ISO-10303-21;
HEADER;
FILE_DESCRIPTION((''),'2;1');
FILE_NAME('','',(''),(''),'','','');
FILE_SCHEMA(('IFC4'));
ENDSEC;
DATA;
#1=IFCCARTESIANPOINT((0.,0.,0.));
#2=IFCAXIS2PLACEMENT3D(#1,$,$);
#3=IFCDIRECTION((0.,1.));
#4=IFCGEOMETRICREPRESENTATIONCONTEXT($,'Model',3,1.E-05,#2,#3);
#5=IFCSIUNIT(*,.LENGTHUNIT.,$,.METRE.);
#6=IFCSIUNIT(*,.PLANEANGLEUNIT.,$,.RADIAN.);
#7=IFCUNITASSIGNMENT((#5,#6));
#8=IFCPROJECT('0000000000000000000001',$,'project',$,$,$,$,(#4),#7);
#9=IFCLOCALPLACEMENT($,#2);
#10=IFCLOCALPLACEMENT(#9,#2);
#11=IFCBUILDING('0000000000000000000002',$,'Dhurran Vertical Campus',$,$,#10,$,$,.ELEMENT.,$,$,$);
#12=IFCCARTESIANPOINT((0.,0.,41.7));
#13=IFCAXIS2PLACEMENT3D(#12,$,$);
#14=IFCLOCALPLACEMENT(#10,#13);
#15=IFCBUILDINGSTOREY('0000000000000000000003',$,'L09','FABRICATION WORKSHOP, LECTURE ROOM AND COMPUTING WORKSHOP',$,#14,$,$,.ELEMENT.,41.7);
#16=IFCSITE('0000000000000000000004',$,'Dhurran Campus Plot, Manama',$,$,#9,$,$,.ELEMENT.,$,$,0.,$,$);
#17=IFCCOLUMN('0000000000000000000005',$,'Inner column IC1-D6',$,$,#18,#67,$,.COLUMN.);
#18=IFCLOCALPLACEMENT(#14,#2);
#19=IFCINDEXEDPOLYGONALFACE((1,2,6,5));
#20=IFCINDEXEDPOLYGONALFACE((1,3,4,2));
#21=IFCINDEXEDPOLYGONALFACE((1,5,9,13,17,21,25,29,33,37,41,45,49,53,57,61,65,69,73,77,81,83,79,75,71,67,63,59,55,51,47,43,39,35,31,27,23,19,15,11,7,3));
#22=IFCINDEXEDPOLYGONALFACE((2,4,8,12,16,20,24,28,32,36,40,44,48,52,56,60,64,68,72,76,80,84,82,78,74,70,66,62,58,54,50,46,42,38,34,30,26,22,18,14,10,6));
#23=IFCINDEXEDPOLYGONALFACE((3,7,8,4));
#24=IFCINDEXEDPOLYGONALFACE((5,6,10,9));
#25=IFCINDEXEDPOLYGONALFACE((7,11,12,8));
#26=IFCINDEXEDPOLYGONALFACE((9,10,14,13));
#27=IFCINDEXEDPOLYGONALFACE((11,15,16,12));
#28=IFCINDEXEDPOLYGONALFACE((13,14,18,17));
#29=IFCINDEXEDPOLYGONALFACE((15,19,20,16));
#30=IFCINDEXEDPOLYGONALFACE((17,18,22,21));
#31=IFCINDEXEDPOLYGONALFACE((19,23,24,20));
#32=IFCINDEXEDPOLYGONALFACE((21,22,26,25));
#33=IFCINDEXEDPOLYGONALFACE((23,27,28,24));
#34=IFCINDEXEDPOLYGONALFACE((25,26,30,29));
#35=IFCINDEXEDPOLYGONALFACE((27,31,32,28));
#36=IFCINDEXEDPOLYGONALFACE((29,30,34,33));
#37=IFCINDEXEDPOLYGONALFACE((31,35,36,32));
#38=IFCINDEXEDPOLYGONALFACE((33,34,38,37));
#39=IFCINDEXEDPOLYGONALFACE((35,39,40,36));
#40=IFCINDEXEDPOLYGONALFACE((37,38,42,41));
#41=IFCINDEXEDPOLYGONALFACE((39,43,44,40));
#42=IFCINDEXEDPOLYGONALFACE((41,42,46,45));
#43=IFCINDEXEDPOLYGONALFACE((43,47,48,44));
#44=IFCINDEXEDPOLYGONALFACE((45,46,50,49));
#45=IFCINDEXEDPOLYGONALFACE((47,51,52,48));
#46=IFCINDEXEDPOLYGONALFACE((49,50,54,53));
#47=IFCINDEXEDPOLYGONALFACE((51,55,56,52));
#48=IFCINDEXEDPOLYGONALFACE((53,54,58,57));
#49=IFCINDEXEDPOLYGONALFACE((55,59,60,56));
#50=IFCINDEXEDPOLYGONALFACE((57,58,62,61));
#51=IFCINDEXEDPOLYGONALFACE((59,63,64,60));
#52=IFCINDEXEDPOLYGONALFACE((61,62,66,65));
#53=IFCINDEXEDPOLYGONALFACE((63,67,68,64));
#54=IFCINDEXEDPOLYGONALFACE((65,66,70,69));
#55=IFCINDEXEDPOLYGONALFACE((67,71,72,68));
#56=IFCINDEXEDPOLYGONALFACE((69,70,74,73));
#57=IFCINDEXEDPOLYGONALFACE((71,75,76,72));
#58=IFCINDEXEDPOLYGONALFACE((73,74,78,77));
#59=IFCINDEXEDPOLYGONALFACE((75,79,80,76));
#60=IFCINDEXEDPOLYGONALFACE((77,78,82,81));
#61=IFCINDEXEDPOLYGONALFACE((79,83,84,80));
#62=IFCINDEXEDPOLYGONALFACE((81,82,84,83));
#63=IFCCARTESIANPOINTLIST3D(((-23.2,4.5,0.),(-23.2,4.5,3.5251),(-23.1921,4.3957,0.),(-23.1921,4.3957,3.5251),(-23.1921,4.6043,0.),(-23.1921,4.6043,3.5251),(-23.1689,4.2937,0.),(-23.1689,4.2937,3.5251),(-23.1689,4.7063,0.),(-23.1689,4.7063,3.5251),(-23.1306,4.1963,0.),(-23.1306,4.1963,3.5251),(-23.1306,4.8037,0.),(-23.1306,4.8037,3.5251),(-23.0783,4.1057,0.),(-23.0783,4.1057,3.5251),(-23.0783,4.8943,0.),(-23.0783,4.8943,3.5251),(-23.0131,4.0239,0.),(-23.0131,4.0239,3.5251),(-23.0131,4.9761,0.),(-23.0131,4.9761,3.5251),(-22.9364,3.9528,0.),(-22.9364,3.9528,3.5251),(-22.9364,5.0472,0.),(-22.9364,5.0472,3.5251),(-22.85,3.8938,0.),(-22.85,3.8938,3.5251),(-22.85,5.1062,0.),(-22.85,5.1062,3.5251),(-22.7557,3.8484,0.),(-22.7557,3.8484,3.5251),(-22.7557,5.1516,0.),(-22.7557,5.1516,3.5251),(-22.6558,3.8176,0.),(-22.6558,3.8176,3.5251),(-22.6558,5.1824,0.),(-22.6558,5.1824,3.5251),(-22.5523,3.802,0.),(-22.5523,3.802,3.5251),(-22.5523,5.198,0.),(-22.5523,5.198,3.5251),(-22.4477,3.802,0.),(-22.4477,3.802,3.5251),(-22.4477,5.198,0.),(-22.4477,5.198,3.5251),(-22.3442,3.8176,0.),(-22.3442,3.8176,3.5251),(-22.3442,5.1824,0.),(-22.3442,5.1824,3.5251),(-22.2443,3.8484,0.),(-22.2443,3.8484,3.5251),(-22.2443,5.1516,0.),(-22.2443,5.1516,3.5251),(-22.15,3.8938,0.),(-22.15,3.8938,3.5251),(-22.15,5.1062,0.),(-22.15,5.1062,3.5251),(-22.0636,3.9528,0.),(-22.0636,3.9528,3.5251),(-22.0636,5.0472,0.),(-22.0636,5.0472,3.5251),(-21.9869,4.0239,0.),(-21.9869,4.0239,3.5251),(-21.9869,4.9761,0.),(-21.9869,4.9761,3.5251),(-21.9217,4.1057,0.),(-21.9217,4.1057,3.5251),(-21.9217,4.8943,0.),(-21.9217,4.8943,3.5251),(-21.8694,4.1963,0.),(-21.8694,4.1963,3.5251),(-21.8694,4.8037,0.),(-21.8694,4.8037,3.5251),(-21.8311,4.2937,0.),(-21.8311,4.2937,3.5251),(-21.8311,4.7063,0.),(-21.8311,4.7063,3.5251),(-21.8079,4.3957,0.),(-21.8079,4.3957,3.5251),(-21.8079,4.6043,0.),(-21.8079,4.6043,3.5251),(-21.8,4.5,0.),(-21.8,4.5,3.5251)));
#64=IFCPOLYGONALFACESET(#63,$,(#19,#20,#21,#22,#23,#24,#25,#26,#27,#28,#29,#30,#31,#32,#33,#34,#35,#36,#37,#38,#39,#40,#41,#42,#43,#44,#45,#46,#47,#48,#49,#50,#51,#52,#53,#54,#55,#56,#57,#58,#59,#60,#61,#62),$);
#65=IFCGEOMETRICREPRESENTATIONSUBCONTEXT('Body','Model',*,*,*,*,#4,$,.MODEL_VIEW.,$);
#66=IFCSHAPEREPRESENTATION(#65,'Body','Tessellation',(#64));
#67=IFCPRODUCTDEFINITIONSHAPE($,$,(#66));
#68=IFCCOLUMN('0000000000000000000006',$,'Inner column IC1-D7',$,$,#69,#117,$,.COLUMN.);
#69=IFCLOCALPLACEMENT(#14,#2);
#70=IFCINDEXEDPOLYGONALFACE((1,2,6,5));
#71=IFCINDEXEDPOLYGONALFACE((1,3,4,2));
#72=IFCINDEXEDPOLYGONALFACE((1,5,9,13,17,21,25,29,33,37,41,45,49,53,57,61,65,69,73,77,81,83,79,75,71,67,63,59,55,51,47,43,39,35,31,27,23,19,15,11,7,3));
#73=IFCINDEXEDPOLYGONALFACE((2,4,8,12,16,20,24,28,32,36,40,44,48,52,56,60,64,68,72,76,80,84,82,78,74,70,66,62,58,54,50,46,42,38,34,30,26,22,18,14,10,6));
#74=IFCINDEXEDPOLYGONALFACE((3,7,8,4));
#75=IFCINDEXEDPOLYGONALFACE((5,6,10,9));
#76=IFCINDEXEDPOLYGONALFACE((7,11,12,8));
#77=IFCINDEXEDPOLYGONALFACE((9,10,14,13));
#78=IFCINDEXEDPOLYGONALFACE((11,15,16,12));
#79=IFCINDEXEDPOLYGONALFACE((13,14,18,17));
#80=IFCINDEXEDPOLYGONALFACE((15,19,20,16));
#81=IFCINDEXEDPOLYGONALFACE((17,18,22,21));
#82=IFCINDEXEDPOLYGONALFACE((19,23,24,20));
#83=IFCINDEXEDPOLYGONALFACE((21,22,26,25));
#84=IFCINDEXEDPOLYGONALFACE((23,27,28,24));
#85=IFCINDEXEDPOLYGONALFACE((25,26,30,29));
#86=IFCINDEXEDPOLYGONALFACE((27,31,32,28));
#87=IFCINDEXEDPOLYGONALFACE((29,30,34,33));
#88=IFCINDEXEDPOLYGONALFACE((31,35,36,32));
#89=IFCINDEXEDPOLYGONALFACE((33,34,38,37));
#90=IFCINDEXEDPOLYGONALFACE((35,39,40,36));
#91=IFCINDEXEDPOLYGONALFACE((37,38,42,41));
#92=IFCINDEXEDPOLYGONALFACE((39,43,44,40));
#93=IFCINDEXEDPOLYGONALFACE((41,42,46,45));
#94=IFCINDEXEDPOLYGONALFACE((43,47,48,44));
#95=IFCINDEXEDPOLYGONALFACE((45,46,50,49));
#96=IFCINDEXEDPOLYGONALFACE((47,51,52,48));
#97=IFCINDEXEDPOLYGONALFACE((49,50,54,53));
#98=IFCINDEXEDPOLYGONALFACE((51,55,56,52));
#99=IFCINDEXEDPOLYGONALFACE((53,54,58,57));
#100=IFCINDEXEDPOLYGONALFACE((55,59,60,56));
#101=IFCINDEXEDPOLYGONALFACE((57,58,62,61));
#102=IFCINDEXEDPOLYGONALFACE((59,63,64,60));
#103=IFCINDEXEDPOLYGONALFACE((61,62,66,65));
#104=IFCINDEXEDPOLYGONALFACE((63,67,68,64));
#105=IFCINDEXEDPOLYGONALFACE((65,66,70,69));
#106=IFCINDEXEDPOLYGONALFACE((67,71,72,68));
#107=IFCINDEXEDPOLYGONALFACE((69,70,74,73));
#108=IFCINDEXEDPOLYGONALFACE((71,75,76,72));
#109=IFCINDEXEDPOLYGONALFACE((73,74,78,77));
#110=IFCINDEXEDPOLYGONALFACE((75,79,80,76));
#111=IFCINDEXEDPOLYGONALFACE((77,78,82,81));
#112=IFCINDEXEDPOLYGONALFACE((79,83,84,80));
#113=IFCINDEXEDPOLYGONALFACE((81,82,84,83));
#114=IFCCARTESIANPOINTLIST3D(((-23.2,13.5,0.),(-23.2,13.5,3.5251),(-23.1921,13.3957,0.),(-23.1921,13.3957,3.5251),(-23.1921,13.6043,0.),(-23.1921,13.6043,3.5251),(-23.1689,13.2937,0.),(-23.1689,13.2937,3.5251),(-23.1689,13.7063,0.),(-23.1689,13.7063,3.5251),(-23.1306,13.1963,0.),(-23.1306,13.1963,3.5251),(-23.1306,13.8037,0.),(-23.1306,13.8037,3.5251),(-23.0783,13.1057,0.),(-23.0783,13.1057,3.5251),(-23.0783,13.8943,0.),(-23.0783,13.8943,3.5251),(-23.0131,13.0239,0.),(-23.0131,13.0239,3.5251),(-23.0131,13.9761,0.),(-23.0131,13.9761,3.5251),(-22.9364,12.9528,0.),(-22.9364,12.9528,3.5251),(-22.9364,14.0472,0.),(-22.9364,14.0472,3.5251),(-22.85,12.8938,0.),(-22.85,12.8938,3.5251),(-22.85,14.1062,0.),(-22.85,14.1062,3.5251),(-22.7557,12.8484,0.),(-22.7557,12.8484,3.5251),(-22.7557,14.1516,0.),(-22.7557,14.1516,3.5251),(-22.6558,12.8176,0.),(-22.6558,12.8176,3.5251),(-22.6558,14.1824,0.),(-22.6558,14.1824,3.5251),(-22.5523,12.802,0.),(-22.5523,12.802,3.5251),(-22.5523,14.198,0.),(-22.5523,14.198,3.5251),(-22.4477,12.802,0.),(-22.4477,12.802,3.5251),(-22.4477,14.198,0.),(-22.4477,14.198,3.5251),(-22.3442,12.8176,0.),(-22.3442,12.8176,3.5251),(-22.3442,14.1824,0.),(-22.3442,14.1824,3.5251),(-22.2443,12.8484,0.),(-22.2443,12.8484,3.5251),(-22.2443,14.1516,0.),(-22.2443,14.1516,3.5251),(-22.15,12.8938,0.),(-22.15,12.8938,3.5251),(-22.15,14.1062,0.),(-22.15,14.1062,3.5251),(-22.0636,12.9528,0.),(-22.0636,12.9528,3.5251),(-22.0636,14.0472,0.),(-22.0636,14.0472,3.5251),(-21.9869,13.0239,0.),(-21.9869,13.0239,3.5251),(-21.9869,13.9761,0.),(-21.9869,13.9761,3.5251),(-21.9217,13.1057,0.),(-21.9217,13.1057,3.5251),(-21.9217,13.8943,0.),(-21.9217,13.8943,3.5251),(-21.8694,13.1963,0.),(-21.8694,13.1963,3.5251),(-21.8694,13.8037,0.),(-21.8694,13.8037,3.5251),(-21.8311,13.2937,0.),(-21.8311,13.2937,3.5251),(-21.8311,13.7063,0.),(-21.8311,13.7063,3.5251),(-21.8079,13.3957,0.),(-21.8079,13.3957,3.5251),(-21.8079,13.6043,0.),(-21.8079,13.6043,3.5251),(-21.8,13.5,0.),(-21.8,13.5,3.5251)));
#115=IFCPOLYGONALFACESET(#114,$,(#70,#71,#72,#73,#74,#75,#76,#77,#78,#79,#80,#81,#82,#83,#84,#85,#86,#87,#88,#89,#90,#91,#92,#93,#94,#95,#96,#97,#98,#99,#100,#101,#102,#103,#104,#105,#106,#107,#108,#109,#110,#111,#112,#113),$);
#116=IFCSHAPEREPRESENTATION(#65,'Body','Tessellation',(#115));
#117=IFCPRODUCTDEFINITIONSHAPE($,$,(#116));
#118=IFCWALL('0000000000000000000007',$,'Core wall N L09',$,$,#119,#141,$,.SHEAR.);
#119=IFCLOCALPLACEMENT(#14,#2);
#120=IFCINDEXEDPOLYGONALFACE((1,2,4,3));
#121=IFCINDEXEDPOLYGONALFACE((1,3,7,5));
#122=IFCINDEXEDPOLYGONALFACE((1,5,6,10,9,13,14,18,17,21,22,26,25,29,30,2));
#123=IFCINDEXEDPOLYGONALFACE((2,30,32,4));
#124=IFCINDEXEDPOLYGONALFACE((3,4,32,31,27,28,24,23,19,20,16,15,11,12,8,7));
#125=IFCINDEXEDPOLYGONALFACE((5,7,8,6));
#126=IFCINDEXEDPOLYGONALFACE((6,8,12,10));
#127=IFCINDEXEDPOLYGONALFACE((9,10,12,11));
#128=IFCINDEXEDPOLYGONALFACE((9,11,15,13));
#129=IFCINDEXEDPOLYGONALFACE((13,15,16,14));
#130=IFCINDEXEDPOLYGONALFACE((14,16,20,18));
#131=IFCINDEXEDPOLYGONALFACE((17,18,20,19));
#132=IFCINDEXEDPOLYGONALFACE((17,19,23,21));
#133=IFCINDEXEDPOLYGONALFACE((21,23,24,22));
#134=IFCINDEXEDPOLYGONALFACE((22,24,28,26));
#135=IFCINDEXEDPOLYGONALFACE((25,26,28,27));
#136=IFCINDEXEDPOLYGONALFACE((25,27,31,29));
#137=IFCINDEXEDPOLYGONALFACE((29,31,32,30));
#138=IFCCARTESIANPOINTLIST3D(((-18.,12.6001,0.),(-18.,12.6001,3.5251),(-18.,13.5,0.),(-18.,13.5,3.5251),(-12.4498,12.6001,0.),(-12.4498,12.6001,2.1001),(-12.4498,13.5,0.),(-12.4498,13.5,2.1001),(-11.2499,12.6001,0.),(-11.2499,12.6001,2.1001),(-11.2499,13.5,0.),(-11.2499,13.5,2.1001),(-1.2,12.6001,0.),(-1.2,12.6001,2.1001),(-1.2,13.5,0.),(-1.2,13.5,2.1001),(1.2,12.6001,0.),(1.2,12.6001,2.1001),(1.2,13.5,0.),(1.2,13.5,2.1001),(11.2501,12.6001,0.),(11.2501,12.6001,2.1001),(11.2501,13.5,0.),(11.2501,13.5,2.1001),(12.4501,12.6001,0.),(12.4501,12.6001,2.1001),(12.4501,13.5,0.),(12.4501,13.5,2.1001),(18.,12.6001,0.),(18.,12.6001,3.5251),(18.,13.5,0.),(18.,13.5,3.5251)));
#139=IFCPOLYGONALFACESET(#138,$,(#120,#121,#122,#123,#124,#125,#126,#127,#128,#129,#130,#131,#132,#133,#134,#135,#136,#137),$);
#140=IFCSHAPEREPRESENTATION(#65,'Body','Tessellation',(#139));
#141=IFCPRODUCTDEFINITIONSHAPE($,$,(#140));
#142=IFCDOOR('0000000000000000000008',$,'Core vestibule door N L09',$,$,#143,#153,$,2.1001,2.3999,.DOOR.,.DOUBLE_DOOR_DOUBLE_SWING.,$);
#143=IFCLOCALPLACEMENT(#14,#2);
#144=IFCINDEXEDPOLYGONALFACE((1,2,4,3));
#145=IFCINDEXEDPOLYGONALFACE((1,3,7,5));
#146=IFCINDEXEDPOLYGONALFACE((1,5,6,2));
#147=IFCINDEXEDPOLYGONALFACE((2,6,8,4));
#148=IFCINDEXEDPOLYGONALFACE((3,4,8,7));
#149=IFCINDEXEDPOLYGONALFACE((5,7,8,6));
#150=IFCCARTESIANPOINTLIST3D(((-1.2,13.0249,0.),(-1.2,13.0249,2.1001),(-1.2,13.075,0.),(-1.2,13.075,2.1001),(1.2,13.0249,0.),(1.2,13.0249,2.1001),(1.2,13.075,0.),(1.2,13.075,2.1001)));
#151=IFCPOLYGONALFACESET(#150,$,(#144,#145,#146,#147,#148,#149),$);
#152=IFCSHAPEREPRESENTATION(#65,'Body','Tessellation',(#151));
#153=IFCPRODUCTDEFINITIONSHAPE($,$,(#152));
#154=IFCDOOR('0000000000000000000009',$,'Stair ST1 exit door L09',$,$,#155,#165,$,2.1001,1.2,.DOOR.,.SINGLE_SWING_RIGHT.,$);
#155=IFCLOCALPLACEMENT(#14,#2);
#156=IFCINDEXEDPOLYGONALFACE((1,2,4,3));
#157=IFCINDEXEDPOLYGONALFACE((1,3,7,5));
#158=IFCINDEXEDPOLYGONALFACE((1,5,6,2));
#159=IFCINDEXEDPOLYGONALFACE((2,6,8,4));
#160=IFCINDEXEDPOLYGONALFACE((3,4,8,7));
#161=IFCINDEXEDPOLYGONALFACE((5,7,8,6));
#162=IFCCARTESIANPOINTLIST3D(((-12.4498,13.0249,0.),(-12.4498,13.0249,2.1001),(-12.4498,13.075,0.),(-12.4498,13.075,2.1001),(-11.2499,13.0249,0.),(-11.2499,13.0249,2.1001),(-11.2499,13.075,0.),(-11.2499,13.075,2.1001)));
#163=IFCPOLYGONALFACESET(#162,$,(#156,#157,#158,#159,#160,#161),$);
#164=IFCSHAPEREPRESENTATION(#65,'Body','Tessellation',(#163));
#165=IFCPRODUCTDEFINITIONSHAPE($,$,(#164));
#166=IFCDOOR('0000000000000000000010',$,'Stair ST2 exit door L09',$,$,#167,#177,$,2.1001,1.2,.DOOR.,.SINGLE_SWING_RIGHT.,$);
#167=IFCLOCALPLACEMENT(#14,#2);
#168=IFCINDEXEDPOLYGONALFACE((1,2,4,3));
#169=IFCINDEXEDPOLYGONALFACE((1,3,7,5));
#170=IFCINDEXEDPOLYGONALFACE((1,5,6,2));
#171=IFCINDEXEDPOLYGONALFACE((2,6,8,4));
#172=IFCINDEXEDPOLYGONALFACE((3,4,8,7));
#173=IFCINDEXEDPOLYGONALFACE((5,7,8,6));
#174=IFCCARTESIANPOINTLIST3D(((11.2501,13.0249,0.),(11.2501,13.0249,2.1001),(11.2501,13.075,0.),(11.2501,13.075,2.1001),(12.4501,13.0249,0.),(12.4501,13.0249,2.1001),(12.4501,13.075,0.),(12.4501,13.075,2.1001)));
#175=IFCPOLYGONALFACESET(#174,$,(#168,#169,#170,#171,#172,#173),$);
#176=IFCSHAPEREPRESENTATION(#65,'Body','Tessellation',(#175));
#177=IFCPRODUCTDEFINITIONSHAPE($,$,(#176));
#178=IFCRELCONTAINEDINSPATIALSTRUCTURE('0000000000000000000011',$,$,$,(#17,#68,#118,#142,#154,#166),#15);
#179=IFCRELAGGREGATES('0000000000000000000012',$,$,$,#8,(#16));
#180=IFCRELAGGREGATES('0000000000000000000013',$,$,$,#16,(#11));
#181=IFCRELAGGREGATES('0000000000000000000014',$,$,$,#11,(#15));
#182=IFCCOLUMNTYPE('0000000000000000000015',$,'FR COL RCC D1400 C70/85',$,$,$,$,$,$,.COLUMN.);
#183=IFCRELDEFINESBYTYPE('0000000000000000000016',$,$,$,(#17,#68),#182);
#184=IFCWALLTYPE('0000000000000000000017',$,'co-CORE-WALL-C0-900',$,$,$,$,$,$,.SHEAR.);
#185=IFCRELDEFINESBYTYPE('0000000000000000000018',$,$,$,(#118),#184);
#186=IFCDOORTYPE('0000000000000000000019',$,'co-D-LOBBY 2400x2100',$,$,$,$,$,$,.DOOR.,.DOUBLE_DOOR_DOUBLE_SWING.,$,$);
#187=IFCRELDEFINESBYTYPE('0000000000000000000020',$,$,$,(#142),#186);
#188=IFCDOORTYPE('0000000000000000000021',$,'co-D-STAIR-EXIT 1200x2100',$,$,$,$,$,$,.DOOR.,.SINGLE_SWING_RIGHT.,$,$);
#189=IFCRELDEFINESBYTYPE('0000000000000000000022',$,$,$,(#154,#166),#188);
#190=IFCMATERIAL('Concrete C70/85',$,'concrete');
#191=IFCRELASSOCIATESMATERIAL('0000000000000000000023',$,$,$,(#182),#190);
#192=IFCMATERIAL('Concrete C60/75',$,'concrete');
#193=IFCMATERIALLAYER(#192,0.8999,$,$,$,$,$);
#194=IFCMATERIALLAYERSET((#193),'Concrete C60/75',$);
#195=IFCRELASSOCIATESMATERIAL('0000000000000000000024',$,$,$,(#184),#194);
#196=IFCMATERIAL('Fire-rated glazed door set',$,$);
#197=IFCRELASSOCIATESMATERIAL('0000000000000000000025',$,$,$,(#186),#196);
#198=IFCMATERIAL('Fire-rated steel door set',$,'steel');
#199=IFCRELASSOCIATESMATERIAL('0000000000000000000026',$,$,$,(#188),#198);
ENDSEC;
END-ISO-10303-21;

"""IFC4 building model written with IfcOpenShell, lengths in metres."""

from ifc_helpers import new_model, si_unit, direction, frame, frame_2d, origin, origin_2d, place, context, subcontext, project, spatial, rectangle, circle, extrude, material, layer, layer_set, material_profile, profile_set, type_object, element, fill, save


model = new_model("IFC4")

# Units and contexts
model_context = context("Model", 3, precision=1e-05, world=origin(), true_north=direction((0.0, 1.0)))
body_context = subcontext(model_context, "Body", "Model", "MODEL_VIEW")
ifc_project = project(units=[si_unit("LENGTHUNIT", "METRE"), si_unit("PLANEANGLEUNIT", "RADIAN")], contexts=[model_context])

# Site, building, storey
site_placement = place(None, origin())
site = spatial("IfcSite", under=ifc_project, at=site_placement, Name="Dhurran Campus Plot, Manama", CompositionType="ELEMENT", RefElevation=0.0)
building_placement = place(site_placement, origin())
building = spatial("IfcBuilding", under=site, at=building_placement, Name="Dhurran Vertical Campus", CompositionType="ELEMENT")
storey_placement = place(building_placement, frame((0.0, 0.0, 41.7)))
storey = spatial("IfcBuildingStorey", under=building, at=storey_placement, Name="L09", Description="FABRICATION WORKSHOP, LECTURE ROOM AND COMPUTING WORKSHOP", CompositionType="ELEMENT", Elevation=41.7)

# Columns
ifc_material_1 = material(Name="Concrete C70/85", Category="concrete")
ifc_material_profile = material_profile(ifc_material_1, circle(Radius=0.7, at=origin_2d()), Name="RCC D1400")
ifc_profile_set = profile_set([ifc_material_profile], Name="Concrete C70/85")
column_type = type_object("IfcColumnType", Name="FR COL RCC D1400 C70/85", PredefinedType="COLUMN", material=ifc_profile_set)
for number, where, z_axis, x_axis, name in (
    (1, (-22.5, 4.5, 0.0), (0.0, 0.0, 1.0), (1.0, 0.0, 0.0), "Inner column IC1-D6"),
    (2, (-22.5, 13.5, 0.0), (0.0, 0.0, 1.0), (1.0, 0.0, 0.0), "Inner column IC1-D7"),
):
    element("IfcColumn", number, at=place(storey_placement, frame(where, z_axis=z_axis, x_axis=x_axis)), inside=storey, type_object=column_type, Name=name, PredefinedType="COLUMN", context=body_context, shape_type="SweptSolid", body=[
        extrude(circle(Radius=0.7, at=origin_2d()), origin(), (0.0, 0.0, 1.0), 3.5251),
    ])

# Wall, openings, doors
ifc_material_2 = material(Name="Concrete C60/75", Category="concrete")
ifc_layer_1 = layer(ifc_material_2, 0.8999)
ifc_layer_set_1 = layer_set([ifc_layer_1], Name="Concrete C60/75")
wall_type_1 = type_object("IfcWallType", Name="co-CORE-WALL-C0-900", PredefinedType="SHEAR", material=ifc_layer_set_1)
wall_1_placement = place(storey_placement, frame((-18.0, 13.05, 0.0), z_axis=(0.0, 0.0, 1.0), x_axis=(1.0, 0.0, 0.0)))
wall_1 = element("IfcWall", 3, at=wall_1_placement, inside=storey, type_object=wall_type_1, Name="Core wall N L09", PredefinedType="SHEAR", context=body_context, shape_type="SweptSolid", body=[
    extrude(rectangle(XDim=36.0, YDim=0.8999, at=frame_2d((18.0, 0.0))), origin(), (0.0, 0.0, 1.0), 3.5251),
])
opening_1_placement = place(wall_1_placement, frame((16.8, 0.0, 0.0)))
opening_1 = element("IfcOpeningElement", 4, at=opening_1_placement, cuts=wall_1, PredefinedType="OPENING", context=body_context, shape_type="SweptSolid", body=[
    extrude(rectangle(XDim=2.3999, YDim=2.1001, at=frame_2d((1.2, 1.05))), frame((0.0, 0.46, 0.0), z_axis=(0.0, -1.0, 0.0), x_axis=(1.0, 0.0, 0.0)), (0.0, 0.0, 1.0), 0.9199),
])
opening_2_placement = place(wall_1_placement, frame((5.55, 0.0, 0.0)))
opening_2 = element("IfcOpeningElement", 5, at=opening_2_placement, cuts=wall_1, PredefinedType="OPENING", context=body_context, shape_type="SweptSolid", body=[
    extrude(rectangle(XDim=1.2, YDim=2.1001, at=frame_2d((0.6001, 1.05))), frame((0.0, 0.46, 0.0), z_axis=(0.0, -1.0, 0.0), x_axis=(1.0, 0.0, 0.0)), (0.0, 0.0, 1.0), 0.9199),
])
opening_3_placement = place(wall_1_placement, frame((29.25, 0.0, 0.0)))
opening_3 = element("IfcOpeningElement", 6, at=opening_3_placement, cuts=wall_1, PredefinedType="OPENING", context=body_context, shape_type="SweptSolid", body=[
    extrude(rectangle(XDim=1.2, YDim=2.1001, at=frame_2d((0.6001, 1.05))), frame((0.0, 0.46, 0.0), z_axis=(0.0, -1.0, 0.0), x_axis=(1.0, 0.0, 0.0)), (0.0, 0.0, 1.0), 0.9199),
])
ifc_material_3 = material(Name="Fire-rated glazed door set")
door_type_1 = type_object("IfcDoorType", Name="co-D-LOBBY 2400x2100", OperationType="DOUBLE_DOOR_DOUBLE_SWING", PredefinedType="DOOR", material=ifc_material_3)
door_1_placement = place(opening_1_placement, origin())
door_1 = element("IfcDoor", 7, at=door_1_placement, inside=storey, type_object=door_type_1, Name="Core vestibule door N L09", OperationType="DOUBLE_DOOR_DOUBLE_SWING", OverallHeight=2.1001, OverallWidth=2.3999, PredefinedType="DOOR", context=body_context, shape_type="SweptSolid", body=[
    extrude(rectangle(XDim=2.3999, YDim=2.1001, at=frame_2d((1.2, 1.05))), frame((0.0, 0.0249, 0.0), z_axis=(0.0, -1.0, 0.0), x_axis=(1.0, 0.0, 0.0)), (0.0, 0.0, 1.0), 0.05),
])
fill(opening_1, door_1)
ifc_material_4 = material(Name="Fire-rated steel door set", Category="steel")
door_type_2 = type_object("IfcDoorType", Name="co-D-STAIR-EXIT 1200x2100", OperationType="SINGLE_SWING_RIGHT", PredefinedType="DOOR", material=ifc_material_4)
door_2_placement = place(opening_2_placement, origin())
door_2 = element("IfcDoor", 8, at=door_2_placement, inside=storey, type_object=door_type_2, Name="Stair ST1 exit door L09", OperationType="SINGLE_SWING_RIGHT", OverallHeight=2.1001, OverallWidth=1.2, PredefinedType="DOOR", context=body_context, shape_type="SweptSolid", body=[
    extrude(rectangle(XDim=1.2, YDim=2.1001, at=frame_2d((0.6001, 1.05))), frame((0.0, 0.0249, 0.0), z_axis=(0.0, -1.0, 0.0), x_axis=(1.0, 0.0, 0.0)), (0.0, 0.0, 1.0), 0.05),
])
fill(opening_2, door_2)
door_3_placement = place(opening_3_placement, origin())
door_3 = element("IfcDoor", 9, at=door_3_placement, inside=storey, type_object=door_type_2, Name="Stair ST2 exit door L09", OperationType="SINGLE_SWING_RIGHT", OverallHeight=2.1001, OverallWidth=1.2, PredefinedType="DOOR", context=body_context, shape_type="SweptSolid", body=[
    extrude(rectangle(XDim=1.2, YDim=2.1001, at=frame_2d((0.6001, 1.05))), frame((0.0, 0.0249, 0.0), z_axis=(0.0, -1.0, 0.0), x_axis=(1.0, 0.0, 0.0)), (0.0, 0.0, 1.0), 0.05),
])
fill(opening_3, door_3)

save(model, "model.ifc")
